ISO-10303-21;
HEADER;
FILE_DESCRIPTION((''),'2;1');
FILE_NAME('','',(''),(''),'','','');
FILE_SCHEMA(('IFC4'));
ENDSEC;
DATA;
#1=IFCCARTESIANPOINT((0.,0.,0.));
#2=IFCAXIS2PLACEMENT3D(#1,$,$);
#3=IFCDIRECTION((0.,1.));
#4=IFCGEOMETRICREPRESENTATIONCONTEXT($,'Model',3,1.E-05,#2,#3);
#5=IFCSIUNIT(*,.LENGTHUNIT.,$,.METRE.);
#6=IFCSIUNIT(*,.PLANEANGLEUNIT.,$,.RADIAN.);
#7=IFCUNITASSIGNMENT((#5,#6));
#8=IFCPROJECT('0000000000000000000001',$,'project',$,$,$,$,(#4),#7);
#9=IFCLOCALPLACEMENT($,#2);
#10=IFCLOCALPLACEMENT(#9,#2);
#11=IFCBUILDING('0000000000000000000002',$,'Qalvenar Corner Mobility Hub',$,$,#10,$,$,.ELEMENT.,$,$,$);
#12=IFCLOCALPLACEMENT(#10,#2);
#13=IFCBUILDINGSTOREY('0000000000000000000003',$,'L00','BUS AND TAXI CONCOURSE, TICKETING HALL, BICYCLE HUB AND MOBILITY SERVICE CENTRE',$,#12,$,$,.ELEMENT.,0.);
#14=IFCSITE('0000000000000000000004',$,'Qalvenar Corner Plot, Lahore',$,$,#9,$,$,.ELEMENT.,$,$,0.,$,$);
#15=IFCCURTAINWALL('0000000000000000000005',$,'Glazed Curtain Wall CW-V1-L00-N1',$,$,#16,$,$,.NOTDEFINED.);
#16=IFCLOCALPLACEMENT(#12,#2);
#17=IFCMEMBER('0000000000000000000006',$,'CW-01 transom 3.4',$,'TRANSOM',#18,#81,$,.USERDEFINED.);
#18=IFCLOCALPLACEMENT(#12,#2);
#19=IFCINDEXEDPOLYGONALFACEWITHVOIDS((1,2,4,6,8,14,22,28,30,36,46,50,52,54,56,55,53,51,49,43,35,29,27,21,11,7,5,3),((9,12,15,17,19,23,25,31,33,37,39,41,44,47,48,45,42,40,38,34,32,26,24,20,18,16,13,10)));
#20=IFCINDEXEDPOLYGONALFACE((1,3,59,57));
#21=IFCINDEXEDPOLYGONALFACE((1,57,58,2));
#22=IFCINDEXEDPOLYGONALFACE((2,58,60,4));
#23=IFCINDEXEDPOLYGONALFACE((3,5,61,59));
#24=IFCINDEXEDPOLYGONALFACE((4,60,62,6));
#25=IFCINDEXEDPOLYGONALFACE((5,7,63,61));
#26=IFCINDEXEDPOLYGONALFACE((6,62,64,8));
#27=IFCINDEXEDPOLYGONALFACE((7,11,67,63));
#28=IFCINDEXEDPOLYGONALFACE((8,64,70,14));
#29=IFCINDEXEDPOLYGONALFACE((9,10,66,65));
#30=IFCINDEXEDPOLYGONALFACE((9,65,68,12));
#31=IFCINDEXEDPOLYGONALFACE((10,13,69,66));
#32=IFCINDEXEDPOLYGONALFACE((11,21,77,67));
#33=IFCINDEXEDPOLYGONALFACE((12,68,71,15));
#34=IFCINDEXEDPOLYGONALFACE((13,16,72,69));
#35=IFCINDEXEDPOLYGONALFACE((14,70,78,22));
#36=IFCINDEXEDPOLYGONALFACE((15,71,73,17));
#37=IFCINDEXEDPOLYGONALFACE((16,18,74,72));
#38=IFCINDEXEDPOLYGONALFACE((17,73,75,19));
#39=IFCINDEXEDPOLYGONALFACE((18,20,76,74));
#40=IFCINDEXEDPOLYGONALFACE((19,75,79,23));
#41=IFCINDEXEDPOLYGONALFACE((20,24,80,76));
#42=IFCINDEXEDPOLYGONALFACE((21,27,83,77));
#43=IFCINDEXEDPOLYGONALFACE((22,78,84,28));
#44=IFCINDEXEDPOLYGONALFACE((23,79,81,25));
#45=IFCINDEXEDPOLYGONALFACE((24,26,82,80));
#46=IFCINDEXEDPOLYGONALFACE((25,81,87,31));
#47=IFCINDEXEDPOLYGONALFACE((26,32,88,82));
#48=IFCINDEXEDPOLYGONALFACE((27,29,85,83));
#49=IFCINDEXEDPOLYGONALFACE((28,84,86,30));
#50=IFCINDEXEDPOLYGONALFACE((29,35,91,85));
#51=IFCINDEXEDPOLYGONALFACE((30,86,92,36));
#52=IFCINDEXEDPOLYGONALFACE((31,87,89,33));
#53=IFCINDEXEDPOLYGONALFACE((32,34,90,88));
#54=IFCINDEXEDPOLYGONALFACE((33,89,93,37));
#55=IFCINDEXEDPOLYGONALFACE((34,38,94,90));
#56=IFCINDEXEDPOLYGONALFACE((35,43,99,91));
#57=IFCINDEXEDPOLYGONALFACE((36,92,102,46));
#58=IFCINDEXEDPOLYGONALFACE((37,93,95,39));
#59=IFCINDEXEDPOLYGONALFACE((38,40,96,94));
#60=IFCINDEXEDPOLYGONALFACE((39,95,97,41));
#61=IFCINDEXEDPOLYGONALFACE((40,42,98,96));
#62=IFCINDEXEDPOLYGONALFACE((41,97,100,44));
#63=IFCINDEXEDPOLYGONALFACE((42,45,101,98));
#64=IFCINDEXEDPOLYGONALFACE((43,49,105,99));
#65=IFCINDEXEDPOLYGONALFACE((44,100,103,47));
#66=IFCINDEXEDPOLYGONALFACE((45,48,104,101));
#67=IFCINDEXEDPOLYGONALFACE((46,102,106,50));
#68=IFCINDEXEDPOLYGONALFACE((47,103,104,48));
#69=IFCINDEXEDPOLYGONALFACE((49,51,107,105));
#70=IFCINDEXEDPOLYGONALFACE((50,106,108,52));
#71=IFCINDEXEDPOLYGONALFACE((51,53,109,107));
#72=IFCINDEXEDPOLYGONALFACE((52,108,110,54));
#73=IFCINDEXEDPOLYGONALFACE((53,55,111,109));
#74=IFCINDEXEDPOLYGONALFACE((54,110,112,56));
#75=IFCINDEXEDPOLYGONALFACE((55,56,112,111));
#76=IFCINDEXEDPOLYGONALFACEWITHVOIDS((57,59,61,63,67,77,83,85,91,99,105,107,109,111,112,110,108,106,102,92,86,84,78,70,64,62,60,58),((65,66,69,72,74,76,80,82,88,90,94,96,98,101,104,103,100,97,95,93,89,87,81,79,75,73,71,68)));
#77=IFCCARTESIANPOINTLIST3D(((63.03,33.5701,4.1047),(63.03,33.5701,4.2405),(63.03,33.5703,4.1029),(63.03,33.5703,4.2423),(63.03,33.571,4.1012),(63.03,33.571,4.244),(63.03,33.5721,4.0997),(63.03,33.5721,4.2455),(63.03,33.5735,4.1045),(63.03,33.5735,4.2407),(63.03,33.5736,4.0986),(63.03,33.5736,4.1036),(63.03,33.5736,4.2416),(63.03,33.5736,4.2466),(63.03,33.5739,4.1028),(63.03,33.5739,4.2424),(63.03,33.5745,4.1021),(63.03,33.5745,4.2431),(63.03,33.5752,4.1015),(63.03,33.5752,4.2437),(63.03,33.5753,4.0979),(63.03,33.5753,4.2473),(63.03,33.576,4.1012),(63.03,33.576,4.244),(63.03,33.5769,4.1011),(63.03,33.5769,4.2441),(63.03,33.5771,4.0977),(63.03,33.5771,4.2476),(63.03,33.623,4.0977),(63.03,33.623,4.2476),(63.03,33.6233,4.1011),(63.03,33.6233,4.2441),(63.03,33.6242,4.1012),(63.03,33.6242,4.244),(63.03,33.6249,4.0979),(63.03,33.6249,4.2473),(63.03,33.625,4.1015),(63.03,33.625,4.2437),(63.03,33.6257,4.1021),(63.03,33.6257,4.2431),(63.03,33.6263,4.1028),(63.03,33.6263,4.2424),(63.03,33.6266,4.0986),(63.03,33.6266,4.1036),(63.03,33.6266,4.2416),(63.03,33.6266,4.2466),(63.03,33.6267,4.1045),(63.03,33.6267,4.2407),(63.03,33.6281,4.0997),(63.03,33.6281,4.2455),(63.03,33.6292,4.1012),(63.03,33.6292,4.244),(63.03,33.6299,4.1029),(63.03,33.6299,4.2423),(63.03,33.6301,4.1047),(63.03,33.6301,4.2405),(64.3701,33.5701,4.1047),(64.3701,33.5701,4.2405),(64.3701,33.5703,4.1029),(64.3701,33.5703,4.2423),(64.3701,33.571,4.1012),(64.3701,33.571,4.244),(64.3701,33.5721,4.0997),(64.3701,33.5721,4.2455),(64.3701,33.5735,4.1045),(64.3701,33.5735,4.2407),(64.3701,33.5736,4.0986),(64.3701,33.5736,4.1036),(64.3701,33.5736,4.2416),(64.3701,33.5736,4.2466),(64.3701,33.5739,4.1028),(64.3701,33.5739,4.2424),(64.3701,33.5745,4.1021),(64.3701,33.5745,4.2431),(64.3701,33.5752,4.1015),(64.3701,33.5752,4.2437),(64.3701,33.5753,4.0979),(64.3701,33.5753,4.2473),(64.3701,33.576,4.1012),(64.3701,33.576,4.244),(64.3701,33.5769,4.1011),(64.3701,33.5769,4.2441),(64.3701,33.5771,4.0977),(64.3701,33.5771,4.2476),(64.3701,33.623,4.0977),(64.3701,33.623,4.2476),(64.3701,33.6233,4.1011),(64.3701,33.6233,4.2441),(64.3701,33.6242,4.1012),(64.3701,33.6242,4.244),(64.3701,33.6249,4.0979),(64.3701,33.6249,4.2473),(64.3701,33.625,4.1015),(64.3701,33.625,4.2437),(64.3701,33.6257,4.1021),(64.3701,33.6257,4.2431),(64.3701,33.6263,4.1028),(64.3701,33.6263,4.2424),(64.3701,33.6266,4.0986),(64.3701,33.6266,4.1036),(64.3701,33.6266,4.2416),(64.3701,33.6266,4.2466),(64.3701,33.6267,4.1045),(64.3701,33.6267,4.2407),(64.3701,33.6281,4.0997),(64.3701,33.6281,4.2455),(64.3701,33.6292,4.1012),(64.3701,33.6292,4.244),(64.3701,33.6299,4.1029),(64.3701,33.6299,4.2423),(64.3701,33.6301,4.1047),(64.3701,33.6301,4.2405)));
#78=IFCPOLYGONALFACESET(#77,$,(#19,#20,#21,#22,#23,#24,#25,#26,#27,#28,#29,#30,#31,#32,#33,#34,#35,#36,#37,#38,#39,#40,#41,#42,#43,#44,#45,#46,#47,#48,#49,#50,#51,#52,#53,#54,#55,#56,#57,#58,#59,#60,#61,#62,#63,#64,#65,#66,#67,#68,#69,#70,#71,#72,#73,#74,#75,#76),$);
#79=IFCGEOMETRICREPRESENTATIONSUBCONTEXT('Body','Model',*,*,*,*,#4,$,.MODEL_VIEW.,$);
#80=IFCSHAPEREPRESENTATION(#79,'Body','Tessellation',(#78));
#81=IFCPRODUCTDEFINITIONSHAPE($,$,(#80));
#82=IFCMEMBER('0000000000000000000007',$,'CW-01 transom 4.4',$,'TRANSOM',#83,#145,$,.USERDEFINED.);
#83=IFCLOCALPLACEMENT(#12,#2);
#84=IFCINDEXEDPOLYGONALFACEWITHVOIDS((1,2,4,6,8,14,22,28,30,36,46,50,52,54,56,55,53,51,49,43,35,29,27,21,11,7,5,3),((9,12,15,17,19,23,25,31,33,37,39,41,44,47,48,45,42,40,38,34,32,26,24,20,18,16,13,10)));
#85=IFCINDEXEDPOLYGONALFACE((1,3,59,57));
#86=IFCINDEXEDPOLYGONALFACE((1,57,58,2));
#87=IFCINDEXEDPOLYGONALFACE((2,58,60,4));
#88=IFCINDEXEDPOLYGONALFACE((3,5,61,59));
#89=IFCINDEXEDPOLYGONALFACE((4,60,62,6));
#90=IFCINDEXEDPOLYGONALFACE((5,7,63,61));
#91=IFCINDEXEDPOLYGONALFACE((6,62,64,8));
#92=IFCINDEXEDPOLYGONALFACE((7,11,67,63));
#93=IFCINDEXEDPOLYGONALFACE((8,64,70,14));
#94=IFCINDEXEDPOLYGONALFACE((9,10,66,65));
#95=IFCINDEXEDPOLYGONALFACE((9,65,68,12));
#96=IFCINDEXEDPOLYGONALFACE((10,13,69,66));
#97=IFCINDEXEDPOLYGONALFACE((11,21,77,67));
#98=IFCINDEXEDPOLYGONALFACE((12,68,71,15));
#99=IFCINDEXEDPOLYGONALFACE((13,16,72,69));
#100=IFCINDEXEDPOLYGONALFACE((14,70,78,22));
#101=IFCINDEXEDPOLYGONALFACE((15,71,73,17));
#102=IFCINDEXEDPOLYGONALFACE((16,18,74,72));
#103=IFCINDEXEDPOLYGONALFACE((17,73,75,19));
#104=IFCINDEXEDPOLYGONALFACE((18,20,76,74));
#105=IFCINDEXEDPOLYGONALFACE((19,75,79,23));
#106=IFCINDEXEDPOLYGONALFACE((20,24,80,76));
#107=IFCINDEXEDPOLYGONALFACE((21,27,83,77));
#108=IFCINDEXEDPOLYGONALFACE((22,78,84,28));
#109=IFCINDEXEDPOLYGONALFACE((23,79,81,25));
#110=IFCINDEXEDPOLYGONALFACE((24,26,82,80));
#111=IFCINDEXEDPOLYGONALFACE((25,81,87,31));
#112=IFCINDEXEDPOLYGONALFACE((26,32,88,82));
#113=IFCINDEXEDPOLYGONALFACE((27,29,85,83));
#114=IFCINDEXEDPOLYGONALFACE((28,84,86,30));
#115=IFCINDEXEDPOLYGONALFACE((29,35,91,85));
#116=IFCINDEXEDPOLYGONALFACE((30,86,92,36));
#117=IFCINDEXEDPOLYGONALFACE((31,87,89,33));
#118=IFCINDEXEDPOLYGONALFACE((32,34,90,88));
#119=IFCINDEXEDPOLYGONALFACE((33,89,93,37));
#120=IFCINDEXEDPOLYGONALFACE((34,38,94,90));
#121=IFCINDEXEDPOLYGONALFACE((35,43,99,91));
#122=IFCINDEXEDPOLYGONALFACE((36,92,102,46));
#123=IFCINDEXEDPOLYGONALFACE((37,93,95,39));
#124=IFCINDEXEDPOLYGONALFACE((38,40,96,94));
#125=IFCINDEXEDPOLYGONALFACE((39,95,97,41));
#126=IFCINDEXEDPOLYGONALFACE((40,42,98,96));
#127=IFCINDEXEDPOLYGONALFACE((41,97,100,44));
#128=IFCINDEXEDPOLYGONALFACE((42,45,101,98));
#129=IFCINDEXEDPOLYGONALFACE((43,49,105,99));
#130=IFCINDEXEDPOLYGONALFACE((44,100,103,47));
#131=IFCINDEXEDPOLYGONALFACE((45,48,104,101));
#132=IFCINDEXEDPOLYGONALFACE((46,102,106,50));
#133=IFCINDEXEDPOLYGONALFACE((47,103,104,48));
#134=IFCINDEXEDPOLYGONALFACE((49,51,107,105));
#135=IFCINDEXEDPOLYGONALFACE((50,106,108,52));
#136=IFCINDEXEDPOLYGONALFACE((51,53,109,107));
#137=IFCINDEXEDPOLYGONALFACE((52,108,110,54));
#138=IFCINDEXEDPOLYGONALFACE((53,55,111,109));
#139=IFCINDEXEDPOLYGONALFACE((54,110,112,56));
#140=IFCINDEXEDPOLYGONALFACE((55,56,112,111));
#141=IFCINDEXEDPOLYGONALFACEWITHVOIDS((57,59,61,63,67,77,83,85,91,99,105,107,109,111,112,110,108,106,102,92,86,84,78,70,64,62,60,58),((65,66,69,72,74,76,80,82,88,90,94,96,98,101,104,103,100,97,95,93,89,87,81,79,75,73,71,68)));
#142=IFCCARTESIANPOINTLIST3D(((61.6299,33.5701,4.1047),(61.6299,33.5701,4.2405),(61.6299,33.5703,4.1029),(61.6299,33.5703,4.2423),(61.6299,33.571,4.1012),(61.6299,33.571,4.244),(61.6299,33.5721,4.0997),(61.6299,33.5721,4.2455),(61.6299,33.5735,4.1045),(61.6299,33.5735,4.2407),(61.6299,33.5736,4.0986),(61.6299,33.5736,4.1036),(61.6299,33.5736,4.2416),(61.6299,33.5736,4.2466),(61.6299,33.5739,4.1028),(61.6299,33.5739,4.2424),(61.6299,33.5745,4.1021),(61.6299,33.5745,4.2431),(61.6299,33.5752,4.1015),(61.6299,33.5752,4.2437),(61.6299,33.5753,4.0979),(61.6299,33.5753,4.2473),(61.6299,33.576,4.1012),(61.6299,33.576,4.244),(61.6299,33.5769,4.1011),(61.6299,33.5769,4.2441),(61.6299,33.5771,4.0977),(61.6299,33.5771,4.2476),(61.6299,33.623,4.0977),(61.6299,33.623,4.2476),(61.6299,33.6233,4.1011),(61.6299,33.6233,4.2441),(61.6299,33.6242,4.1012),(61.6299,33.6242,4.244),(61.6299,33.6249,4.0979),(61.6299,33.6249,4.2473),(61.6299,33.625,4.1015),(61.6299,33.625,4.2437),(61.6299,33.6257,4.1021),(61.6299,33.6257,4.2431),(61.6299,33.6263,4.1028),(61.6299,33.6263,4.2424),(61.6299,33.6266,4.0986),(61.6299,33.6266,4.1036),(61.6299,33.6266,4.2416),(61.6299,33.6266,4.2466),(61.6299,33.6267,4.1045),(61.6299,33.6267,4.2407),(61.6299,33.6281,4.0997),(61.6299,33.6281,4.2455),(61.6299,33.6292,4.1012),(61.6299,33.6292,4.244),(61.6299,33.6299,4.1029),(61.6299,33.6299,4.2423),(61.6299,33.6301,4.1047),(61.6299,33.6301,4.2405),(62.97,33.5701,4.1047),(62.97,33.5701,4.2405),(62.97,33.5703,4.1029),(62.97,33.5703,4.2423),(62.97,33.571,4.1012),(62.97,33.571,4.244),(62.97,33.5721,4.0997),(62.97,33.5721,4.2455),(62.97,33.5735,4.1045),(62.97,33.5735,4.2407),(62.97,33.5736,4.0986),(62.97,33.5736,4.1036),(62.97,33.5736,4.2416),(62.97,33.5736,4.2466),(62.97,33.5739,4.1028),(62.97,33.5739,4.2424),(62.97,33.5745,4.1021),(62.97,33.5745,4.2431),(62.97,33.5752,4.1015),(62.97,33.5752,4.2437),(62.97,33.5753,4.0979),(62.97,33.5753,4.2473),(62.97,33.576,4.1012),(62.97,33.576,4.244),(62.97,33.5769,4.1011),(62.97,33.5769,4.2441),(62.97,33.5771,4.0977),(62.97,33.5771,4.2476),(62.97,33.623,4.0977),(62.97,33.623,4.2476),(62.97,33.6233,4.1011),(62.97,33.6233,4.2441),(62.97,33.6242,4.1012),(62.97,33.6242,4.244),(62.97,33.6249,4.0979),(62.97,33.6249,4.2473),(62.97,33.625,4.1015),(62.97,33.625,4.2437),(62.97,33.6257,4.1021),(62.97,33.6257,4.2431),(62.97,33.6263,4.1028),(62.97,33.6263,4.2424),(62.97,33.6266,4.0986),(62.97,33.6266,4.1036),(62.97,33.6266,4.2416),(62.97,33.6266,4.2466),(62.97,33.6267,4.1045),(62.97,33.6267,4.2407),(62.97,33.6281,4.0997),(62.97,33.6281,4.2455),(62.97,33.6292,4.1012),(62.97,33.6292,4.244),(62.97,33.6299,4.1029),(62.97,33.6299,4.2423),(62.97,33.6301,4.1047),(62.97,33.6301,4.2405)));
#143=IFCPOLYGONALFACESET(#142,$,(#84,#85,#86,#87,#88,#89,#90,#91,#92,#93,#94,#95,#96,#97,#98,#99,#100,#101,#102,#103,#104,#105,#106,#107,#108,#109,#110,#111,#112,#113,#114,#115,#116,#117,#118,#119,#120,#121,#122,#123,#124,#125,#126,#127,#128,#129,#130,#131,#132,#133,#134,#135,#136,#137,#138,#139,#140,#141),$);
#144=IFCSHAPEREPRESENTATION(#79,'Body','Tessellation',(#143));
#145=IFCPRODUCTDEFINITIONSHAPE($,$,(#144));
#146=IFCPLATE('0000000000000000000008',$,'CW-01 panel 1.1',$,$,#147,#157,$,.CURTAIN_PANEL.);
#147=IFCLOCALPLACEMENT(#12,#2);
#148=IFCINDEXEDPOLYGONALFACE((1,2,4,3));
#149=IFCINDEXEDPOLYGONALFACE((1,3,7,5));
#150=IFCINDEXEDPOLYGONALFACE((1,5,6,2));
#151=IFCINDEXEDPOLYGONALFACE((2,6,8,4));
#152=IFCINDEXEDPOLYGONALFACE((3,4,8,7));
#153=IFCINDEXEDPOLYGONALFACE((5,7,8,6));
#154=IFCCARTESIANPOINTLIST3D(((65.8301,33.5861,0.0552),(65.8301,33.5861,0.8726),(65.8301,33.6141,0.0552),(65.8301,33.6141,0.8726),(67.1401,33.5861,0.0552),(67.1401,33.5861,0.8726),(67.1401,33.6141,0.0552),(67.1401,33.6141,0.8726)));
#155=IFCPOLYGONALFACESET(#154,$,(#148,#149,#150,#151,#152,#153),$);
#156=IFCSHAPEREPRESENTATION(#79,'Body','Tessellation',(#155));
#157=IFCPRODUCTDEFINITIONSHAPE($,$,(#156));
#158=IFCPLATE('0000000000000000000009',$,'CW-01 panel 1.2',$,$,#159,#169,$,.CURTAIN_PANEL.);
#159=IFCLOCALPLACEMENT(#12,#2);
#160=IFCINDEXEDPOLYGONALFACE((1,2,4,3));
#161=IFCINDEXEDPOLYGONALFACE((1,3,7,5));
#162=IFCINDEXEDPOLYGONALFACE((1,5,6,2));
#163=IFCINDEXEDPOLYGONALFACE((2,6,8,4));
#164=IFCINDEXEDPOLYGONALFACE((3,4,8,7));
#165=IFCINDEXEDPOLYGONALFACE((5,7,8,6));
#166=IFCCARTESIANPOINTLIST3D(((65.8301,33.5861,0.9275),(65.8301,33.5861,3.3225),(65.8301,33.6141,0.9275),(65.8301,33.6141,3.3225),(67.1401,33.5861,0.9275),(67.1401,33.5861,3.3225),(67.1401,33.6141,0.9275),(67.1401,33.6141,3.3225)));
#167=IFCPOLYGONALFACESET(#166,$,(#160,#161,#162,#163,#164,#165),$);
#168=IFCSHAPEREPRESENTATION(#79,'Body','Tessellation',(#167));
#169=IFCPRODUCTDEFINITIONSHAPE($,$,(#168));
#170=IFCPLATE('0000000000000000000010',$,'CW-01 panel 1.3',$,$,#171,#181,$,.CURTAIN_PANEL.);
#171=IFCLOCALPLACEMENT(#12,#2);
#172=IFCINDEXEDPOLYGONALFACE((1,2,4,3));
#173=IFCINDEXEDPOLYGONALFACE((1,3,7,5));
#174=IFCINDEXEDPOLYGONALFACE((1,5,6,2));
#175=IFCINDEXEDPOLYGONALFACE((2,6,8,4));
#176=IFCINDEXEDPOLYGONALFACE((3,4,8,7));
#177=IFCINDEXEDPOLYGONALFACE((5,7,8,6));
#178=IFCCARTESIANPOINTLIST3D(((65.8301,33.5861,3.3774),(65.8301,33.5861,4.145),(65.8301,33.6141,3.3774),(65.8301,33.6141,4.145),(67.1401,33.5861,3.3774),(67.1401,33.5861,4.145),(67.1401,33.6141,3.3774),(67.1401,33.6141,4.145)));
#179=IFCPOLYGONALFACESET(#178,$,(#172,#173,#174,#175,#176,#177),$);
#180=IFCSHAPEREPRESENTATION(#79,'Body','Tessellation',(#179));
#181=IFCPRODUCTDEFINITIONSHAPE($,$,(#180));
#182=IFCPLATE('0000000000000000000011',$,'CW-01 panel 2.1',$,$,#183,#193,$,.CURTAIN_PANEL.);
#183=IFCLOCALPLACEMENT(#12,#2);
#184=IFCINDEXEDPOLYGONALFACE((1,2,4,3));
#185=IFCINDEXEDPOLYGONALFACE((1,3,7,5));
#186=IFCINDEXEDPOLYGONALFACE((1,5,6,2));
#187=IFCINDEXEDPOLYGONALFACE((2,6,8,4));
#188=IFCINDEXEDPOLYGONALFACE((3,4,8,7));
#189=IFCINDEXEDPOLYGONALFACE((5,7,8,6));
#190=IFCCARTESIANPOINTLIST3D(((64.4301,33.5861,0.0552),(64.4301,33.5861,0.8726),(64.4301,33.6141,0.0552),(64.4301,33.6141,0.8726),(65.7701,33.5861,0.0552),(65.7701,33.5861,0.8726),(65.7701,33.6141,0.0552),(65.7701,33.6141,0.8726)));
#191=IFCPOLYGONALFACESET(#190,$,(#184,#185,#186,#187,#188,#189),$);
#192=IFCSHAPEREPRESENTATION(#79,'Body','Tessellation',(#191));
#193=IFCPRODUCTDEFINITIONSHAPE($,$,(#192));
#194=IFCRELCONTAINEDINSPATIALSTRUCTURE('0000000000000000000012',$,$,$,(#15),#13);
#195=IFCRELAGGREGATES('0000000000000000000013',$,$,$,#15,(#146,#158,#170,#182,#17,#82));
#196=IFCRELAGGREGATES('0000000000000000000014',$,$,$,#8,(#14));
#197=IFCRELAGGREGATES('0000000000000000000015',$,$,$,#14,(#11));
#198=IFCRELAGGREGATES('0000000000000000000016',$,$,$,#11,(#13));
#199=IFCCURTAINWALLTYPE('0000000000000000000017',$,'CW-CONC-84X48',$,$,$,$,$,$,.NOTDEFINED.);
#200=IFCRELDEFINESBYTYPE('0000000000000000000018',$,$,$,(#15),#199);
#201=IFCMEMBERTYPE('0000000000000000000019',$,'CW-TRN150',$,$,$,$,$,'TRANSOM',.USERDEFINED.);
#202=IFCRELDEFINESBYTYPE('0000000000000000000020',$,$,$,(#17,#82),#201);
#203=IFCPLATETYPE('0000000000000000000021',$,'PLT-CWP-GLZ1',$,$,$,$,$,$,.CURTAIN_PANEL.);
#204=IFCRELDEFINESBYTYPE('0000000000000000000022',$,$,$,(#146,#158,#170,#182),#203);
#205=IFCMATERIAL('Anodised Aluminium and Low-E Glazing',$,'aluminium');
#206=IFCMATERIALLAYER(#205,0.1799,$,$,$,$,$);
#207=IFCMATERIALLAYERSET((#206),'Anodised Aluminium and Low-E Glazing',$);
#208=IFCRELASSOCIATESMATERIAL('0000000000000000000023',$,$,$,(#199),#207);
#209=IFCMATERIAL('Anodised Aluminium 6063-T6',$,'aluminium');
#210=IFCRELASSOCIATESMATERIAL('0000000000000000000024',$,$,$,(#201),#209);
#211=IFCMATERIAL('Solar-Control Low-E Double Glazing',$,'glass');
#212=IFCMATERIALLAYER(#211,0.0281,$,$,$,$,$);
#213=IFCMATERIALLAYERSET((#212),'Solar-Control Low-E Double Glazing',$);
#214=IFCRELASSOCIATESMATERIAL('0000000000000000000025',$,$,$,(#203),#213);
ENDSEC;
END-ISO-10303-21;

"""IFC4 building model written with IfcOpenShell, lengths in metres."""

from ifc_helpers import new_model, si_unit, direction, frame, origin, origin_2d, place, context, subcontext, project, spatial, rectangle, hollow_rectangle, extrude, material, layer, layer_set, material_profile, profile_set, type_object, element, aggregate, save


model = new_model("IFC4")

# Units and contexts
model_context = context("Model", 3, precision=1e-05, world=origin(), true_north=direction((0.0, 1.0)))
body_context = subcontext(model_context, "Body", "Model", "MODEL_VIEW")
ifc_project = project(units=[si_unit("LENGTHUNIT", "METRE"), si_unit("PLANEANGLEUNIT", "RADIAN")], contexts=[model_context])

# Site, building, storey
site_placement = place(None, origin())
site = spatial("IfcSite", under=ifc_project, at=site_placement, Name="Qalvenar Corner Plot, Lahore", CompositionType="ELEMENT", RefElevation=0.0)
building_placement = place(site_placement, origin())
building = spatial("IfcBuilding", under=site, at=building_placement, Name="Qalvenar Corner Mobility Hub", CompositionType="ELEMENT")
storey_placement = place(building_placement, origin())
storey = spatial("IfcBuildingStorey", under=building, at=storey_placement, Name="L00", Description="BUS AND TAXI CONCOURSE, TICKETING HALL, BICYCLE HUB AND MOBILITY SERVICE CENTRE", CompositionType="ELEMENT", Elevation=0.0)

# Curtain wall, members, plates
ifc_material_1 = material(Name="Anodised Aluminium and Low-E Glazing", Category="aluminium")
ifc_layer_1 = layer(ifc_material_1, 0.1799)
ifc_layer_set_1 = layer_set([ifc_layer_1], Name="Anodised Aluminium and Low-E Glazing")
curtain_wall_type = type_object("IfcCurtainWallType", Name="CW-CONC-84X48", PredefinedType="NOTDEFINED", material=ifc_layer_set_1)
curtain_wall_placement = place(storey_placement, origin())
curtain_wall = element("IfcCurtainWall", 1, at=curtain_wall_placement, inside=storey, type_object=curtain_wall_type, Name="Glazed Curtain Wall CW-V1-L00-N1", PredefinedType="NOTDEFINED")
ifc_material_2 = material(Name="Anodised Aluminium 6063-T6", Category="aluminium")
ifc_material_profile_1 = material_profile(ifc_material_2, hollow_rectangle(XDim=0.0601, YDim=0.1499, WallThickness=0.0034, InnerFilletRadius=0.0034, OuterFilletRadius=0.0071, at=origin_2d()), Name="RHS150x60x3.5")
ifc_profile_set_1 = profile_set([ifc_material_profile_1], Name="Anodised Aluminium 6063-T6")
member_type_1 = type_object("IfcMemberType", Name="CW-TRN150", ElementType="TRANSOM", PredefinedType="USERDEFINED", material=ifc_profile_set_1)
member_1_placement = place(storey_placement, frame((64.3701, 33.6001, 4.1726), z_axis=(-1.0, 0.0, 0.0), x_axis=(0.0, -1.0, 0.0)))
member_1 = element("IfcMember", 2, at=member_1_placement, type_object=member_type_1, Name="CW-01 transom 3.4", ObjectType="TRANSOM", PredefinedType="USERDEFINED", context=body_context, shape_type="SweptSolid", body=[
    extrude(hollow_rectangle(XDim=0.0601, YDim=0.1499, WallThickness=0.0034, InnerFilletRadius=0.0034, OuterFilletRadius=0.0071, at=origin_2d()), origin(), (0.0, 0.0, 1.0), 1.3401),
])
member_2_placement = place(storey_placement, frame((62.97, 33.6001, 4.1726), z_axis=(-1.0, 0.0, 0.0), x_axis=(0.0, -1.0, 0.0)))
member_2 = element("IfcMember", 3, at=member_2_placement, type_object=member_type_1, Name="CW-01 transom 4.4", ObjectType="TRANSOM", PredefinedType="USERDEFINED", context=body_context, shape_type="SweptSolid", body=[
    extrude(hollow_rectangle(XDim=0.0601, YDim=0.1499, WallThickness=0.0034, InnerFilletRadius=0.0034, OuterFilletRadius=0.0071, at=origin_2d()), origin(), (0.0, 0.0, 1.0), 1.3401),
])
ifc_material_3 = material(Name="Solar-Control Low-E Double Glazing", Category="glass")
ifc_layer_2 = layer(ifc_material_3, 0.0281)
ifc_layer_set_2 = layer_set([ifc_layer_2], Name="Solar-Control Low-E Double Glazing")
plate_type = type_object("IfcPlateType", Name="PLT-CWP-GLZ1", PredefinedType="CURTAIN_PANEL", material=ifc_layer_set_2)
plate_1_placement = place(storey_placement, frame((66.4851, 33.6001, 0.0552), z_axis=(0.0, 0.0, 1.0), x_axis=(-1.0, 0.0, 0.0)))
plate_1 = element("IfcPlate", 4, at=plate_1_placement, type_object=plate_type, Name="CW-01 panel 1.1", PredefinedType="CURTAIN_PANEL", context=body_context, shape_type="SweptSolid", body=[
    extrude(rectangle(XDim=1.3101, YDim=0.0281, at=origin_2d()), origin(), (0.0, 0.0, 1.0), 0.8174),
])
plate_2_placement = place(storey_placement, frame((66.4851, 33.6001, 0.9275), z_axis=(0.0, 0.0, 1.0), x_axis=(-1.0, 0.0, 0.0)))
plate_2 = element("IfcPlate", 5, at=plate_2_placement, type_object=plate_type, Name="CW-01 panel 1.2", PredefinedType="CURTAIN_PANEL", context=body_context, shape_type="SweptSolid", body=[
    extrude(rectangle(XDim=1.3101, YDim=0.0281, at=origin_2d()), origin(), (0.0, 0.0, 1.0), 2.395),
])
plate_3_placement = place(storey_placement, frame((66.4851, 33.6001, 3.3774), z_axis=(0.0, 0.0, 1.0), x_axis=(-1.0, 0.0, 0.0)))
plate_3 = element("IfcPlate", 6, at=plate_3_placement, type_object=plate_type, Name="CW-01 panel 1.3", PredefinedType="CURTAIN_PANEL", context=body_context, shape_type="SweptSolid", body=[
    extrude(rectangle(XDim=1.3101, YDim=0.0281, at=origin_2d()), origin(), (0.0, 0.0, 1.0), 0.7676),
])
plate_4_placement = place(storey_placement, frame((65.1001, 33.6001, 0.0552), z_axis=(0.0, 0.0, 1.0), x_axis=(-1.0, 0.0, 0.0)))
plate_4 = element("IfcPlate", 7, at=plate_4_placement, type_object=plate_type, Name="CW-01 panel 2.1", PredefinedType="CURTAIN_PANEL", context=body_context, shape_type="SweptSolid", body=[
    extrude(rectangle(XDim=1.3401, YDim=0.0281, at=origin_2d()), origin(), (0.0, 0.0, 1.0), 0.8174),
])
aggregate(curtain_wall, [plate_1, plate_2, plate_3, plate_4, member_1, member_2])

save(model, "model.ifc")
